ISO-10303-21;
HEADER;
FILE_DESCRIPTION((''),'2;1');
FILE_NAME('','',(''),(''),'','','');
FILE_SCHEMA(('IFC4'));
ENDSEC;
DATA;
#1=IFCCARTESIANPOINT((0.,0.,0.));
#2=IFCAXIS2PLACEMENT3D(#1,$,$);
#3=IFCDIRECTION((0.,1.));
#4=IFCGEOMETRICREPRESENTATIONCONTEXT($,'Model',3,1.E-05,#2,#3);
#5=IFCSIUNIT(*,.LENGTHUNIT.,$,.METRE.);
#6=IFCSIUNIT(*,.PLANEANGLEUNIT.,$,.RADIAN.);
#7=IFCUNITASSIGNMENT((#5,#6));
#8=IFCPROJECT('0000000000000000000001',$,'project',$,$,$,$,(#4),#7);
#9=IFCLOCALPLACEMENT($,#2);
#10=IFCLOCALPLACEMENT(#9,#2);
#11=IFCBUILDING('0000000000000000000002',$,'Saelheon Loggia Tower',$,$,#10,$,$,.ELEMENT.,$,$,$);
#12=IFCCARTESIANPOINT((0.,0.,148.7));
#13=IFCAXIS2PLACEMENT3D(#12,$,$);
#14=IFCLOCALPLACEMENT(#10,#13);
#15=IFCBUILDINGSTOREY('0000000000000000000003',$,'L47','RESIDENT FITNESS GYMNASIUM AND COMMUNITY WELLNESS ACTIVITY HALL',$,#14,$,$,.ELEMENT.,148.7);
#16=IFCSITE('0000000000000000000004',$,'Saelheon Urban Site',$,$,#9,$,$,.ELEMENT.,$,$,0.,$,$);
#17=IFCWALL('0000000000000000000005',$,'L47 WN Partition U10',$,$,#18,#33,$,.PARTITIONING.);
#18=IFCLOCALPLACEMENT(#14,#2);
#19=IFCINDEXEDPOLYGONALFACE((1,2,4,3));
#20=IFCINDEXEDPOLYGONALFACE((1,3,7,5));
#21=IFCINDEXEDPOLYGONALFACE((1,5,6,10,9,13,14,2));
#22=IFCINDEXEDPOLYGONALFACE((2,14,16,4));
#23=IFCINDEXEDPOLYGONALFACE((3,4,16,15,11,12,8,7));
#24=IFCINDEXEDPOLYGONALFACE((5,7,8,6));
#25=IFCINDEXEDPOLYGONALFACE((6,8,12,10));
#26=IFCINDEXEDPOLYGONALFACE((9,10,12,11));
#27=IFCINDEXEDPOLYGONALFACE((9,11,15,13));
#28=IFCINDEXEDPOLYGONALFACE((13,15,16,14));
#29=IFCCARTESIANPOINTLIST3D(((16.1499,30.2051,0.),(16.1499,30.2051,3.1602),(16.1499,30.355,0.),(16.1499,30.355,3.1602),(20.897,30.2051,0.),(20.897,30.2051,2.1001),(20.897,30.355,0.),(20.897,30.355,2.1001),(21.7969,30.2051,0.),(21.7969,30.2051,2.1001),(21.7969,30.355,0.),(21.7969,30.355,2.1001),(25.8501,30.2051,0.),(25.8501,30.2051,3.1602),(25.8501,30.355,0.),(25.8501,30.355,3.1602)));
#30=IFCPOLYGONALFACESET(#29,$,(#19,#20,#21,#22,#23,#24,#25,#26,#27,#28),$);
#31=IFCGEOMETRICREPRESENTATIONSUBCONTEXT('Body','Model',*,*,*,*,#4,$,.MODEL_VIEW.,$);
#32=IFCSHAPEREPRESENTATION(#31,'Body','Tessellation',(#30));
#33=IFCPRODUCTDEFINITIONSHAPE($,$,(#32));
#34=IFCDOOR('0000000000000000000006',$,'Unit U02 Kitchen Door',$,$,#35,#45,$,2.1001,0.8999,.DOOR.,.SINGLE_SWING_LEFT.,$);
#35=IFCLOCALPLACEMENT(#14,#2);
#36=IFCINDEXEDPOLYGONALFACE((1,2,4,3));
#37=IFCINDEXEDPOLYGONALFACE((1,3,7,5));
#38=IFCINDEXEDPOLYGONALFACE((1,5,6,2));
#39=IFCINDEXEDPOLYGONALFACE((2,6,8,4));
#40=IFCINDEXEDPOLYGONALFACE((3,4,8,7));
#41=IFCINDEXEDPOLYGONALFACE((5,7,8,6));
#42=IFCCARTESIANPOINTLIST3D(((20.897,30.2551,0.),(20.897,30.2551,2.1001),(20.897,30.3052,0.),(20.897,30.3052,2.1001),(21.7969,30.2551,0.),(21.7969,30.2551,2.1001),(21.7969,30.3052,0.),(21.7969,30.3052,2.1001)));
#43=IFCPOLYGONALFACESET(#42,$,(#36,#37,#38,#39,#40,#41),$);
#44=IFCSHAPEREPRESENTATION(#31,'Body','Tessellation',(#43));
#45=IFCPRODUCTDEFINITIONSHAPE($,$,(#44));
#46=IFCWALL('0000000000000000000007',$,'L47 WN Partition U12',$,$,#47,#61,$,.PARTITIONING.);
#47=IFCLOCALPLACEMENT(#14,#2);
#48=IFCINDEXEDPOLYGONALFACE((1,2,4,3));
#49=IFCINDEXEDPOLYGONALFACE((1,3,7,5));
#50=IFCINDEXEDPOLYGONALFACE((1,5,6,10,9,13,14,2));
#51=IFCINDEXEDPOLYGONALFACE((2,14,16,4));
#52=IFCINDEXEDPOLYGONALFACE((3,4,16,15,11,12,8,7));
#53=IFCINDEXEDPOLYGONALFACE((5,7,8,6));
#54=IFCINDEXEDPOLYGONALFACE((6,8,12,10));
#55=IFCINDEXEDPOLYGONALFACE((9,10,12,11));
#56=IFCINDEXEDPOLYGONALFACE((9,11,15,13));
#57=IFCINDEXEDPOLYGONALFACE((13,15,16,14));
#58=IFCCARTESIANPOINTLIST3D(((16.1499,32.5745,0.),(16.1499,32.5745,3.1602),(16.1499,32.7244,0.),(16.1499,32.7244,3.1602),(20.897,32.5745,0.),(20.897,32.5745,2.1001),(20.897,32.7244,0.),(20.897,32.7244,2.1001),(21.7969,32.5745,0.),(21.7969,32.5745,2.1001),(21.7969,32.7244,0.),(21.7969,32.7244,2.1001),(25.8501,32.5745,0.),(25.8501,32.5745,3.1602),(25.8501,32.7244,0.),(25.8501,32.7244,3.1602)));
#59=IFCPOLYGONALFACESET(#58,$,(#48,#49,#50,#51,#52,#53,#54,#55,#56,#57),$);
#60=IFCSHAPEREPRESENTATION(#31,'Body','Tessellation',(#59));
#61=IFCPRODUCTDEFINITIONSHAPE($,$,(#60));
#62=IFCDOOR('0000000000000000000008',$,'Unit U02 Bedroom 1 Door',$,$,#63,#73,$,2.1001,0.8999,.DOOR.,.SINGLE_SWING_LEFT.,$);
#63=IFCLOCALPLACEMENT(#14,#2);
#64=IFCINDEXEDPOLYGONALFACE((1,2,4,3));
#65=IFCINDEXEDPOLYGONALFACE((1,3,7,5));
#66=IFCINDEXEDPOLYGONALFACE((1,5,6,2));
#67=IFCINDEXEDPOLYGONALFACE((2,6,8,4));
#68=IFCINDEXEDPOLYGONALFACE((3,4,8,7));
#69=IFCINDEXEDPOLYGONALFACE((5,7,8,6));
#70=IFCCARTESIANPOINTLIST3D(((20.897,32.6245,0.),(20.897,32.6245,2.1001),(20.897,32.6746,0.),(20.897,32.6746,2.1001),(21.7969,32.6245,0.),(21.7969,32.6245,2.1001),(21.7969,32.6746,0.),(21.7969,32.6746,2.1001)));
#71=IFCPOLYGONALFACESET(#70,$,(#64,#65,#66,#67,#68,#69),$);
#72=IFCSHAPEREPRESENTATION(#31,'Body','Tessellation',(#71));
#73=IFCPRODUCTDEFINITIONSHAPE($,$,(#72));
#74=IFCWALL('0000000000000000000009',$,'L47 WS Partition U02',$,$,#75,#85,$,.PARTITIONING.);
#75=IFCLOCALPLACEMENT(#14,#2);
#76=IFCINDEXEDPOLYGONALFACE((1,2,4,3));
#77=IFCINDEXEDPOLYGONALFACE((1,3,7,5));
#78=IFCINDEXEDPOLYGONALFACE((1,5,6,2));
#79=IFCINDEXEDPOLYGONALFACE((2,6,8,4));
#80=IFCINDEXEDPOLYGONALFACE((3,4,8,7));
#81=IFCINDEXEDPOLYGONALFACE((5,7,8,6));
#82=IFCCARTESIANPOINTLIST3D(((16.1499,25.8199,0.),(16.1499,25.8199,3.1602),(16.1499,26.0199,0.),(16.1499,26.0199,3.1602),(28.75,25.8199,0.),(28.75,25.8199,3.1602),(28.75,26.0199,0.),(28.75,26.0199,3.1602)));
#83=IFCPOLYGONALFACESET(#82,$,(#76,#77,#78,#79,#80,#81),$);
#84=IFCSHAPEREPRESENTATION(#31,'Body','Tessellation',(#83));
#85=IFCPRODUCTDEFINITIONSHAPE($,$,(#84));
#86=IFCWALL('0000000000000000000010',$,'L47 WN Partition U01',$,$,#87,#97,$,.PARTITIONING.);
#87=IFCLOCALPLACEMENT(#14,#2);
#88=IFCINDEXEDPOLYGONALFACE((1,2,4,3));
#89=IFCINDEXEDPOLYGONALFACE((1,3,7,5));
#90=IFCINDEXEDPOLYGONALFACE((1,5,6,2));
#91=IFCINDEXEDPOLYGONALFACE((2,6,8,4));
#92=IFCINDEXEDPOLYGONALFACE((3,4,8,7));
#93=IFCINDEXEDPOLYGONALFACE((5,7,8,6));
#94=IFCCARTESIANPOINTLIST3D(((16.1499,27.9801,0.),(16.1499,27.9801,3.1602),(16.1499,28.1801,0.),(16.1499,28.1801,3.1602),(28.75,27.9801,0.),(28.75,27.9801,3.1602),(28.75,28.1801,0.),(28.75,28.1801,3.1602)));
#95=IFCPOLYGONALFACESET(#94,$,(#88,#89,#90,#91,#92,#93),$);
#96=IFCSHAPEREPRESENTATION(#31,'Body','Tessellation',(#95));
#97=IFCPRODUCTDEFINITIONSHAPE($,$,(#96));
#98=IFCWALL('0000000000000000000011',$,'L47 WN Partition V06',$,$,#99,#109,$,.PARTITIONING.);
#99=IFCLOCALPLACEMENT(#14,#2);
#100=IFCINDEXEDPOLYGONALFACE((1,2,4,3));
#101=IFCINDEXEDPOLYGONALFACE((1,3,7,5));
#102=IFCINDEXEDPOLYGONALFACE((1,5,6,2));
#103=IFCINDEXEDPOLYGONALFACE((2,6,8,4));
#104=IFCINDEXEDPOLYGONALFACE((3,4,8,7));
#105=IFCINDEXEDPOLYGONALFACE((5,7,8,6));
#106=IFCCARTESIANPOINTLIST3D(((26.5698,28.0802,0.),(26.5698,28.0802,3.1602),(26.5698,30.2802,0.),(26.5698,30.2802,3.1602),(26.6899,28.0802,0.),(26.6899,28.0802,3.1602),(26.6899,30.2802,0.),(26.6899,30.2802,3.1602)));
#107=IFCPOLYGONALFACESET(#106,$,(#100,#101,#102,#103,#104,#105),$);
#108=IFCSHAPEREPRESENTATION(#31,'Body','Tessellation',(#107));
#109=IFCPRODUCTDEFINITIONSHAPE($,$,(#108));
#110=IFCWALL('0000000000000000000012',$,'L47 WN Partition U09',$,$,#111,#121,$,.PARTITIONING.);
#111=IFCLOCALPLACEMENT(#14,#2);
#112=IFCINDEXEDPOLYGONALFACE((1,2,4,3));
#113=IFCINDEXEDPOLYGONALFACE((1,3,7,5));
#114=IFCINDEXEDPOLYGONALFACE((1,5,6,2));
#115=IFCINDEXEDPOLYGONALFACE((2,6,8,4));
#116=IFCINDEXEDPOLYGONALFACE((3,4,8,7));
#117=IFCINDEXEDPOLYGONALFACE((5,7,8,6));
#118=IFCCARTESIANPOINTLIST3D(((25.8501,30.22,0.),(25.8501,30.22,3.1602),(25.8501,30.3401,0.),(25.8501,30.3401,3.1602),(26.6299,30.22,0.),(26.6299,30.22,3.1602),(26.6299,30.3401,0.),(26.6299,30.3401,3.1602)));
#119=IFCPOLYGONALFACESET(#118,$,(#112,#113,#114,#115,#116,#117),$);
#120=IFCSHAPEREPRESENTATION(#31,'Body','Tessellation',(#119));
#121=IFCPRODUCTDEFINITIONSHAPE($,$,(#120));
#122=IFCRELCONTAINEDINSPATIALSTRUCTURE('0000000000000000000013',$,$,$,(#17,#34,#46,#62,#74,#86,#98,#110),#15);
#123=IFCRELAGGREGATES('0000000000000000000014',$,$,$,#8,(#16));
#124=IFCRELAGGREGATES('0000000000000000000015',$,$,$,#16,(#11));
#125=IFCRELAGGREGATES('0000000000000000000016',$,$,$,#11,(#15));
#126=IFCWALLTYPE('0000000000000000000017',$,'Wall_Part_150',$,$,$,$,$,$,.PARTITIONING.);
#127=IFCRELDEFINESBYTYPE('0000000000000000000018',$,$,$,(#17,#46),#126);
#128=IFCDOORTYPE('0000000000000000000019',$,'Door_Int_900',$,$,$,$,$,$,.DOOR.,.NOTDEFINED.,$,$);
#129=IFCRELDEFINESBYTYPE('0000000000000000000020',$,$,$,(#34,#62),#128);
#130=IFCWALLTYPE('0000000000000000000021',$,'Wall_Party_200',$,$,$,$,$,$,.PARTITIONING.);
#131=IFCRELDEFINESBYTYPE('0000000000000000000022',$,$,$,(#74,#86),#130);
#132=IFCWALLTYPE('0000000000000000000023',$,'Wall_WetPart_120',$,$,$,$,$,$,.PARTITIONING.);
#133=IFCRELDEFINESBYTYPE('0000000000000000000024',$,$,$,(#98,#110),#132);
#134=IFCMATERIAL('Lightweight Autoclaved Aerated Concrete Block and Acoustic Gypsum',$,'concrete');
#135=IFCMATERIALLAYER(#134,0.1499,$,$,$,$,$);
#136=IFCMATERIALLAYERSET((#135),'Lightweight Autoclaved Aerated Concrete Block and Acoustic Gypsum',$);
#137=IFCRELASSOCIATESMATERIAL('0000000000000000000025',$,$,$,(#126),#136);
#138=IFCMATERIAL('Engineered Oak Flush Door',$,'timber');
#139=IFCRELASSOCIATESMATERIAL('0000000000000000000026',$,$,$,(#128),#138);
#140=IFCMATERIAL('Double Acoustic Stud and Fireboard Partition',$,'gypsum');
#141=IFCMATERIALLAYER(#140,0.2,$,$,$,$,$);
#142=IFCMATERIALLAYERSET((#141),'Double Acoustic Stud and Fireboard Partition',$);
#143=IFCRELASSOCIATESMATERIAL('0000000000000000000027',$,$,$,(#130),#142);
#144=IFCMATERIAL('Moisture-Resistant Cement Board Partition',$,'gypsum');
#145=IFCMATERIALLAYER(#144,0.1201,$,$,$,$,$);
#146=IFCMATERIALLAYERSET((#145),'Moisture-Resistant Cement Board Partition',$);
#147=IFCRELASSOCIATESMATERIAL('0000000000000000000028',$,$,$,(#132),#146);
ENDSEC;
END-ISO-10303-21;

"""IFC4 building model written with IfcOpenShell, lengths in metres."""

from ifc_helpers import new_model, si_unit, direction, frame, frame_2d, origin, place, context, subcontext, project, spatial, rectangle, extrude, source, transform, mapped, material, layer, layer_set, type_object, element, fill, save


model = new_model("IFC4")

# Units and contexts
model_context = context("Model", 3, precision=1e-05, world=origin(), true_north=direction((0.0, 1.0)))
body_context = subcontext(model_context, "Body", "Model", "MODEL_VIEW")
ifc_project = project(units=[si_unit("LENGTHUNIT", "METRE"), si_unit("PLANEANGLEUNIT", "RADIAN")], contexts=[model_context])

# Site, building, storey
site_placement = place(None, origin())
site = spatial("IfcSite", under=ifc_project, at=site_placement, Name="Saelheon Urban Site", CompositionType="ELEMENT", RefElevation=0.0)
building_placement = place(site_placement, origin())
building = spatial("IfcBuilding", under=site, at=building_placement, Name="Saelheon Loggia Tower", CompositionType="ELEMENT")
storey_placement = place(building_placement, frame((0.0, 0.0, 148.7)))
storey = spatial("IfcBuildingStorey", under=building, at=storey_placement, Name="L47", Description="RESIDENT FITNESS GYMNASIUM AND COMMUNITY WELLNESS ACTIVITY HALL", CompositionType="ELEMENT", Elevation=148.7)

# Shared definitions
ifc_material_1 = material(Name="Lightweight Autoclaved Aerated Concrete Block and Acoustic Gypsum", Category="concrete")
ifc_layer_1 = layer(ifc_material_1, 0.1499)
ifc_layer_set_1 = layer_set([ifc_layer_1], Name="Lightweight Autoclaved Aerated Concrete Block and Acoustic Gypsum")
wall_type_1 = type_object("IfcWallType", Name="Wall_Part_150", PredefinedType="PARTITIONING", material=ifc_layer_set_1)

# Walls, openings, doors
wall_1_placement = place(storey_placement, frame((25.8501, 30.28, 0.0), z_axis=(0.0, 0.0, 1.0), x_axis=(-1.0, 0.0, 0.0)))
wall_1 = element("IfcWall", 1, at=wall_1_placement, inside=storey, type_object=wall_type_1, Name="L47 WN Partition U10", PredefinedType="PARTITIONING", context=body_context, shape_type="SweptSolid", body=[
    extrude(rectangle(XDim=9.7002, YDim=0.1499, at=frame_2d((4.8501, 0.0))), origin(), (0.0, 0.0, 1.0), 3.1602),
])
opening_1_placement = place(wall_1_placement, frame((4.0532, 0.0, 0.0)))
opening_1 = element("IfcOpeningElement", 2, at=opening_1_placement, cuts=wall_1, PredefinedType="OPENING", context=body_context, shape_type="SweptSolid", body=[
    extrude(rectangle(XDim=0.8999, YDim=2.1001, at=frame_2d((0.45, 1.05))), frame((0.0, 0.0869, 0.0), z_axis=(0.0, -1.0, 0.0), x_axis=(1.0, 0.0, 0.0)), (0.0, 0.0, 1.0), 0.1738),
])
ifc_material_2 = material(Name="Engineered Oak Flush Door", Category="timber")
door_type = type_object("IfcDoorType", Name="Door_Int_900", OperationType="NOTDEFINED", PredefinedType="DOOR", material=ifc_material_2)
shared_shape_1 = source(origin(), body_context, "Body", "SweptSolid", [
    extrude(rectangle(XDim=0.8999, YDim=2.1001, at=frame_2d((0.45, 1.05))), frame((0.0, 0.0249, 0.0), z_axis=(0.0, -1.0, 0.0), x_axis=(1.0, 0.0, 0.0)), (0.0, 0.0, 1.0), 0.05),
])
door_1_placement = place(opening_1_placement, origin())
door_1 = element("IfcDoor", 3, at=door_1_placement, inside=storey, type_object=door_type, Name="Unit U02 Kitchen Door", OperationType="SINGLE_SWING_LEFT", OverallHeight=2.1001, OverallWidth=0.8999, PredefinedType="DOOR", context=body_context, shape_type="MappedRepresentation", body=[
    mapped(shared_shape_1, transform((0.0, 0.0, 0.0), scale=1.0)),
])
fill(opening_1, door_1)
wall_2_placement = place(storey_placement, frame((25.8501, 32.6494, 0.0), z_axis=(0.0, 0.0, 1.0), x_axis=(-1.0, 0.0, 0.0)))
wall_2 = element("IfcWall", 4, at=wall_2_placement, inside=storey, type_object=wall_type_1, Name="L47 WN Partition U12", PredefinedType="PARTITIONING", context=body_context, shape_type="SweptSolid", body=[
    extrude(rectangle(XDim=9.7002, YDim=0.1499, at=frame_2d((4.8501, 0.0))), origin(), (0.0, 0.0, 1.0), 3.1602),
])
opening_2_placement = place(wall_2_placement, frame((4.0532, 0.0, 0.0)))
opening_2 = element("IfcOpeningElement", 5, at=opening_2_placement, cuts=wall_2, PredefinedType="OPENING", context=body_context, shape_type="SweptSolid", body=[
    extrude(rectangle(XDim=0.8999, YDim=2.1001, at=frame_2d((0.45, 1.05))), frame((0.0, 0.0869, 0.0), z_axis=(0.0, -1.0, 0.0), x_axis=(1.0, 0.0, 0.0)), (0.0, 0.0, 1.0), 0.1738),
])
door_2_placement = place(opening_2_placement, origin())
door_2 = element("IfcDoor", 6, at=door_2_placement, inside=storey, type_object=door_type, Name="Unit U02 Bedroom 1 Door", OperationType="SINGLE_SWING_LEFT", OverallHeight=2.1001, OverallWidth=0.8999, PredefinedType="DOOR", context=body_context, shape_type="MappedRepresentation", body=[
    mapped(shared_shape_1, transform((0.0, 0.0, 0.0), scale=1.0)),
])
fill(opening_2, door_2)

# Walls
ifc_material_3 = material(Name="Double Acoustic Stud and Fireboard Partition", Category="gypsum")
ifc_layer_2 = layer(ifc_material_3, 0.2)
ifc_layer_set_2 = layer_set([ifc_layer_2], Name="Double Acoustic Stud and Fireboard Partition")
wall_type_2 = type_object("IfcWallType", Name="Wall_Party_200", PredefinedType="PARTITIONING", material=ifc_layer_set_2)
for number, where, z_axis, x_axis, name in (
    (7, (28.75, 25.9199, 0.0), (0.0, 0.0, 1.0), (-1.0, 0.0, 0.0), "L47 WS Partition U02"),
    (8, (28.75, 28.0801, 0.0), (0.0, 0.0, 1.0), (-1.0, 0.0, 0.0), "L47 WN Partition U01"),
):
    element("IfcWall", number, at=place(storey_placement, frame(where, z_axis=z_axis, x_axis=x_axis)), inside=storey, type_object=wall_type_2, Name=name, PredefinedType="PARTITIONING", context=body_context, shape_type="SweptSolid", body=[
        extrude(rectangle(XDim=12.6001, YDim=0.2, at=frame_2d((6.3, 0.0))), origin(), (0.0, 0.0, 1.0), 3.1602),
    ])
ifc_material_4 = material(Name="Moisture-Resistant Cement Board Partition", Category="gypsum")
ifc_layer_3 = layer(ifc_material_4, 0.1201)
ifc_layer_set_3 = layer_set([ifc_layer_3], Name="Moisture-Resistant Cement Board Partition")
wall_type_3 = type_object("IfcWallType", Name="Wall_WetPart_120", PredefinedType="PARTITIONING", material=ifc_layer_set_3)
wall_3_placement = place(storey_placement, frame((26.6299, 28.0801, 0.0), z_axis=(0.0, 0.0, 1.0), x_axis=(0.0, 1.0, 0.0)))
element("IfcWall", 9, at=wall_3_placement, inside=storey, type_object=wall_type_3, Name="L47 WN Partition V06", PredefinedType="PARTITIONING", context=body_context, shape_type="SweptSolid", body=[
    extrude(rectangle(XDim=2.2, YDim=0.1201, at=frame_2d((1.1001, 0.0))), origin(), (0.0, 0.0, 1.0), 3.1602),
])
wall_4_placement = place(storey_placement, frame((26.6299, 30.28, 0.0), z_axis=(0.0, 0.0, 1.0), x_axis=(-1.0, 0.0, 0.0)))
element("IfcWall", 10, at=wall_4_placement, inside=storey, type_object=wall_type_3, Name="L47 WN Partition U09", PredefinedType="PARTITIONING", context=body_context, shape_type="SweptSolid", body=[
    extrude(rectangle(XDim=0.7798, YDim=0.1201, at=frame_2d((0.3899, 0.0))), origin(), (0.0, 0.0, 1.0), 3.1602),
])

save(model, "model.ifc")
